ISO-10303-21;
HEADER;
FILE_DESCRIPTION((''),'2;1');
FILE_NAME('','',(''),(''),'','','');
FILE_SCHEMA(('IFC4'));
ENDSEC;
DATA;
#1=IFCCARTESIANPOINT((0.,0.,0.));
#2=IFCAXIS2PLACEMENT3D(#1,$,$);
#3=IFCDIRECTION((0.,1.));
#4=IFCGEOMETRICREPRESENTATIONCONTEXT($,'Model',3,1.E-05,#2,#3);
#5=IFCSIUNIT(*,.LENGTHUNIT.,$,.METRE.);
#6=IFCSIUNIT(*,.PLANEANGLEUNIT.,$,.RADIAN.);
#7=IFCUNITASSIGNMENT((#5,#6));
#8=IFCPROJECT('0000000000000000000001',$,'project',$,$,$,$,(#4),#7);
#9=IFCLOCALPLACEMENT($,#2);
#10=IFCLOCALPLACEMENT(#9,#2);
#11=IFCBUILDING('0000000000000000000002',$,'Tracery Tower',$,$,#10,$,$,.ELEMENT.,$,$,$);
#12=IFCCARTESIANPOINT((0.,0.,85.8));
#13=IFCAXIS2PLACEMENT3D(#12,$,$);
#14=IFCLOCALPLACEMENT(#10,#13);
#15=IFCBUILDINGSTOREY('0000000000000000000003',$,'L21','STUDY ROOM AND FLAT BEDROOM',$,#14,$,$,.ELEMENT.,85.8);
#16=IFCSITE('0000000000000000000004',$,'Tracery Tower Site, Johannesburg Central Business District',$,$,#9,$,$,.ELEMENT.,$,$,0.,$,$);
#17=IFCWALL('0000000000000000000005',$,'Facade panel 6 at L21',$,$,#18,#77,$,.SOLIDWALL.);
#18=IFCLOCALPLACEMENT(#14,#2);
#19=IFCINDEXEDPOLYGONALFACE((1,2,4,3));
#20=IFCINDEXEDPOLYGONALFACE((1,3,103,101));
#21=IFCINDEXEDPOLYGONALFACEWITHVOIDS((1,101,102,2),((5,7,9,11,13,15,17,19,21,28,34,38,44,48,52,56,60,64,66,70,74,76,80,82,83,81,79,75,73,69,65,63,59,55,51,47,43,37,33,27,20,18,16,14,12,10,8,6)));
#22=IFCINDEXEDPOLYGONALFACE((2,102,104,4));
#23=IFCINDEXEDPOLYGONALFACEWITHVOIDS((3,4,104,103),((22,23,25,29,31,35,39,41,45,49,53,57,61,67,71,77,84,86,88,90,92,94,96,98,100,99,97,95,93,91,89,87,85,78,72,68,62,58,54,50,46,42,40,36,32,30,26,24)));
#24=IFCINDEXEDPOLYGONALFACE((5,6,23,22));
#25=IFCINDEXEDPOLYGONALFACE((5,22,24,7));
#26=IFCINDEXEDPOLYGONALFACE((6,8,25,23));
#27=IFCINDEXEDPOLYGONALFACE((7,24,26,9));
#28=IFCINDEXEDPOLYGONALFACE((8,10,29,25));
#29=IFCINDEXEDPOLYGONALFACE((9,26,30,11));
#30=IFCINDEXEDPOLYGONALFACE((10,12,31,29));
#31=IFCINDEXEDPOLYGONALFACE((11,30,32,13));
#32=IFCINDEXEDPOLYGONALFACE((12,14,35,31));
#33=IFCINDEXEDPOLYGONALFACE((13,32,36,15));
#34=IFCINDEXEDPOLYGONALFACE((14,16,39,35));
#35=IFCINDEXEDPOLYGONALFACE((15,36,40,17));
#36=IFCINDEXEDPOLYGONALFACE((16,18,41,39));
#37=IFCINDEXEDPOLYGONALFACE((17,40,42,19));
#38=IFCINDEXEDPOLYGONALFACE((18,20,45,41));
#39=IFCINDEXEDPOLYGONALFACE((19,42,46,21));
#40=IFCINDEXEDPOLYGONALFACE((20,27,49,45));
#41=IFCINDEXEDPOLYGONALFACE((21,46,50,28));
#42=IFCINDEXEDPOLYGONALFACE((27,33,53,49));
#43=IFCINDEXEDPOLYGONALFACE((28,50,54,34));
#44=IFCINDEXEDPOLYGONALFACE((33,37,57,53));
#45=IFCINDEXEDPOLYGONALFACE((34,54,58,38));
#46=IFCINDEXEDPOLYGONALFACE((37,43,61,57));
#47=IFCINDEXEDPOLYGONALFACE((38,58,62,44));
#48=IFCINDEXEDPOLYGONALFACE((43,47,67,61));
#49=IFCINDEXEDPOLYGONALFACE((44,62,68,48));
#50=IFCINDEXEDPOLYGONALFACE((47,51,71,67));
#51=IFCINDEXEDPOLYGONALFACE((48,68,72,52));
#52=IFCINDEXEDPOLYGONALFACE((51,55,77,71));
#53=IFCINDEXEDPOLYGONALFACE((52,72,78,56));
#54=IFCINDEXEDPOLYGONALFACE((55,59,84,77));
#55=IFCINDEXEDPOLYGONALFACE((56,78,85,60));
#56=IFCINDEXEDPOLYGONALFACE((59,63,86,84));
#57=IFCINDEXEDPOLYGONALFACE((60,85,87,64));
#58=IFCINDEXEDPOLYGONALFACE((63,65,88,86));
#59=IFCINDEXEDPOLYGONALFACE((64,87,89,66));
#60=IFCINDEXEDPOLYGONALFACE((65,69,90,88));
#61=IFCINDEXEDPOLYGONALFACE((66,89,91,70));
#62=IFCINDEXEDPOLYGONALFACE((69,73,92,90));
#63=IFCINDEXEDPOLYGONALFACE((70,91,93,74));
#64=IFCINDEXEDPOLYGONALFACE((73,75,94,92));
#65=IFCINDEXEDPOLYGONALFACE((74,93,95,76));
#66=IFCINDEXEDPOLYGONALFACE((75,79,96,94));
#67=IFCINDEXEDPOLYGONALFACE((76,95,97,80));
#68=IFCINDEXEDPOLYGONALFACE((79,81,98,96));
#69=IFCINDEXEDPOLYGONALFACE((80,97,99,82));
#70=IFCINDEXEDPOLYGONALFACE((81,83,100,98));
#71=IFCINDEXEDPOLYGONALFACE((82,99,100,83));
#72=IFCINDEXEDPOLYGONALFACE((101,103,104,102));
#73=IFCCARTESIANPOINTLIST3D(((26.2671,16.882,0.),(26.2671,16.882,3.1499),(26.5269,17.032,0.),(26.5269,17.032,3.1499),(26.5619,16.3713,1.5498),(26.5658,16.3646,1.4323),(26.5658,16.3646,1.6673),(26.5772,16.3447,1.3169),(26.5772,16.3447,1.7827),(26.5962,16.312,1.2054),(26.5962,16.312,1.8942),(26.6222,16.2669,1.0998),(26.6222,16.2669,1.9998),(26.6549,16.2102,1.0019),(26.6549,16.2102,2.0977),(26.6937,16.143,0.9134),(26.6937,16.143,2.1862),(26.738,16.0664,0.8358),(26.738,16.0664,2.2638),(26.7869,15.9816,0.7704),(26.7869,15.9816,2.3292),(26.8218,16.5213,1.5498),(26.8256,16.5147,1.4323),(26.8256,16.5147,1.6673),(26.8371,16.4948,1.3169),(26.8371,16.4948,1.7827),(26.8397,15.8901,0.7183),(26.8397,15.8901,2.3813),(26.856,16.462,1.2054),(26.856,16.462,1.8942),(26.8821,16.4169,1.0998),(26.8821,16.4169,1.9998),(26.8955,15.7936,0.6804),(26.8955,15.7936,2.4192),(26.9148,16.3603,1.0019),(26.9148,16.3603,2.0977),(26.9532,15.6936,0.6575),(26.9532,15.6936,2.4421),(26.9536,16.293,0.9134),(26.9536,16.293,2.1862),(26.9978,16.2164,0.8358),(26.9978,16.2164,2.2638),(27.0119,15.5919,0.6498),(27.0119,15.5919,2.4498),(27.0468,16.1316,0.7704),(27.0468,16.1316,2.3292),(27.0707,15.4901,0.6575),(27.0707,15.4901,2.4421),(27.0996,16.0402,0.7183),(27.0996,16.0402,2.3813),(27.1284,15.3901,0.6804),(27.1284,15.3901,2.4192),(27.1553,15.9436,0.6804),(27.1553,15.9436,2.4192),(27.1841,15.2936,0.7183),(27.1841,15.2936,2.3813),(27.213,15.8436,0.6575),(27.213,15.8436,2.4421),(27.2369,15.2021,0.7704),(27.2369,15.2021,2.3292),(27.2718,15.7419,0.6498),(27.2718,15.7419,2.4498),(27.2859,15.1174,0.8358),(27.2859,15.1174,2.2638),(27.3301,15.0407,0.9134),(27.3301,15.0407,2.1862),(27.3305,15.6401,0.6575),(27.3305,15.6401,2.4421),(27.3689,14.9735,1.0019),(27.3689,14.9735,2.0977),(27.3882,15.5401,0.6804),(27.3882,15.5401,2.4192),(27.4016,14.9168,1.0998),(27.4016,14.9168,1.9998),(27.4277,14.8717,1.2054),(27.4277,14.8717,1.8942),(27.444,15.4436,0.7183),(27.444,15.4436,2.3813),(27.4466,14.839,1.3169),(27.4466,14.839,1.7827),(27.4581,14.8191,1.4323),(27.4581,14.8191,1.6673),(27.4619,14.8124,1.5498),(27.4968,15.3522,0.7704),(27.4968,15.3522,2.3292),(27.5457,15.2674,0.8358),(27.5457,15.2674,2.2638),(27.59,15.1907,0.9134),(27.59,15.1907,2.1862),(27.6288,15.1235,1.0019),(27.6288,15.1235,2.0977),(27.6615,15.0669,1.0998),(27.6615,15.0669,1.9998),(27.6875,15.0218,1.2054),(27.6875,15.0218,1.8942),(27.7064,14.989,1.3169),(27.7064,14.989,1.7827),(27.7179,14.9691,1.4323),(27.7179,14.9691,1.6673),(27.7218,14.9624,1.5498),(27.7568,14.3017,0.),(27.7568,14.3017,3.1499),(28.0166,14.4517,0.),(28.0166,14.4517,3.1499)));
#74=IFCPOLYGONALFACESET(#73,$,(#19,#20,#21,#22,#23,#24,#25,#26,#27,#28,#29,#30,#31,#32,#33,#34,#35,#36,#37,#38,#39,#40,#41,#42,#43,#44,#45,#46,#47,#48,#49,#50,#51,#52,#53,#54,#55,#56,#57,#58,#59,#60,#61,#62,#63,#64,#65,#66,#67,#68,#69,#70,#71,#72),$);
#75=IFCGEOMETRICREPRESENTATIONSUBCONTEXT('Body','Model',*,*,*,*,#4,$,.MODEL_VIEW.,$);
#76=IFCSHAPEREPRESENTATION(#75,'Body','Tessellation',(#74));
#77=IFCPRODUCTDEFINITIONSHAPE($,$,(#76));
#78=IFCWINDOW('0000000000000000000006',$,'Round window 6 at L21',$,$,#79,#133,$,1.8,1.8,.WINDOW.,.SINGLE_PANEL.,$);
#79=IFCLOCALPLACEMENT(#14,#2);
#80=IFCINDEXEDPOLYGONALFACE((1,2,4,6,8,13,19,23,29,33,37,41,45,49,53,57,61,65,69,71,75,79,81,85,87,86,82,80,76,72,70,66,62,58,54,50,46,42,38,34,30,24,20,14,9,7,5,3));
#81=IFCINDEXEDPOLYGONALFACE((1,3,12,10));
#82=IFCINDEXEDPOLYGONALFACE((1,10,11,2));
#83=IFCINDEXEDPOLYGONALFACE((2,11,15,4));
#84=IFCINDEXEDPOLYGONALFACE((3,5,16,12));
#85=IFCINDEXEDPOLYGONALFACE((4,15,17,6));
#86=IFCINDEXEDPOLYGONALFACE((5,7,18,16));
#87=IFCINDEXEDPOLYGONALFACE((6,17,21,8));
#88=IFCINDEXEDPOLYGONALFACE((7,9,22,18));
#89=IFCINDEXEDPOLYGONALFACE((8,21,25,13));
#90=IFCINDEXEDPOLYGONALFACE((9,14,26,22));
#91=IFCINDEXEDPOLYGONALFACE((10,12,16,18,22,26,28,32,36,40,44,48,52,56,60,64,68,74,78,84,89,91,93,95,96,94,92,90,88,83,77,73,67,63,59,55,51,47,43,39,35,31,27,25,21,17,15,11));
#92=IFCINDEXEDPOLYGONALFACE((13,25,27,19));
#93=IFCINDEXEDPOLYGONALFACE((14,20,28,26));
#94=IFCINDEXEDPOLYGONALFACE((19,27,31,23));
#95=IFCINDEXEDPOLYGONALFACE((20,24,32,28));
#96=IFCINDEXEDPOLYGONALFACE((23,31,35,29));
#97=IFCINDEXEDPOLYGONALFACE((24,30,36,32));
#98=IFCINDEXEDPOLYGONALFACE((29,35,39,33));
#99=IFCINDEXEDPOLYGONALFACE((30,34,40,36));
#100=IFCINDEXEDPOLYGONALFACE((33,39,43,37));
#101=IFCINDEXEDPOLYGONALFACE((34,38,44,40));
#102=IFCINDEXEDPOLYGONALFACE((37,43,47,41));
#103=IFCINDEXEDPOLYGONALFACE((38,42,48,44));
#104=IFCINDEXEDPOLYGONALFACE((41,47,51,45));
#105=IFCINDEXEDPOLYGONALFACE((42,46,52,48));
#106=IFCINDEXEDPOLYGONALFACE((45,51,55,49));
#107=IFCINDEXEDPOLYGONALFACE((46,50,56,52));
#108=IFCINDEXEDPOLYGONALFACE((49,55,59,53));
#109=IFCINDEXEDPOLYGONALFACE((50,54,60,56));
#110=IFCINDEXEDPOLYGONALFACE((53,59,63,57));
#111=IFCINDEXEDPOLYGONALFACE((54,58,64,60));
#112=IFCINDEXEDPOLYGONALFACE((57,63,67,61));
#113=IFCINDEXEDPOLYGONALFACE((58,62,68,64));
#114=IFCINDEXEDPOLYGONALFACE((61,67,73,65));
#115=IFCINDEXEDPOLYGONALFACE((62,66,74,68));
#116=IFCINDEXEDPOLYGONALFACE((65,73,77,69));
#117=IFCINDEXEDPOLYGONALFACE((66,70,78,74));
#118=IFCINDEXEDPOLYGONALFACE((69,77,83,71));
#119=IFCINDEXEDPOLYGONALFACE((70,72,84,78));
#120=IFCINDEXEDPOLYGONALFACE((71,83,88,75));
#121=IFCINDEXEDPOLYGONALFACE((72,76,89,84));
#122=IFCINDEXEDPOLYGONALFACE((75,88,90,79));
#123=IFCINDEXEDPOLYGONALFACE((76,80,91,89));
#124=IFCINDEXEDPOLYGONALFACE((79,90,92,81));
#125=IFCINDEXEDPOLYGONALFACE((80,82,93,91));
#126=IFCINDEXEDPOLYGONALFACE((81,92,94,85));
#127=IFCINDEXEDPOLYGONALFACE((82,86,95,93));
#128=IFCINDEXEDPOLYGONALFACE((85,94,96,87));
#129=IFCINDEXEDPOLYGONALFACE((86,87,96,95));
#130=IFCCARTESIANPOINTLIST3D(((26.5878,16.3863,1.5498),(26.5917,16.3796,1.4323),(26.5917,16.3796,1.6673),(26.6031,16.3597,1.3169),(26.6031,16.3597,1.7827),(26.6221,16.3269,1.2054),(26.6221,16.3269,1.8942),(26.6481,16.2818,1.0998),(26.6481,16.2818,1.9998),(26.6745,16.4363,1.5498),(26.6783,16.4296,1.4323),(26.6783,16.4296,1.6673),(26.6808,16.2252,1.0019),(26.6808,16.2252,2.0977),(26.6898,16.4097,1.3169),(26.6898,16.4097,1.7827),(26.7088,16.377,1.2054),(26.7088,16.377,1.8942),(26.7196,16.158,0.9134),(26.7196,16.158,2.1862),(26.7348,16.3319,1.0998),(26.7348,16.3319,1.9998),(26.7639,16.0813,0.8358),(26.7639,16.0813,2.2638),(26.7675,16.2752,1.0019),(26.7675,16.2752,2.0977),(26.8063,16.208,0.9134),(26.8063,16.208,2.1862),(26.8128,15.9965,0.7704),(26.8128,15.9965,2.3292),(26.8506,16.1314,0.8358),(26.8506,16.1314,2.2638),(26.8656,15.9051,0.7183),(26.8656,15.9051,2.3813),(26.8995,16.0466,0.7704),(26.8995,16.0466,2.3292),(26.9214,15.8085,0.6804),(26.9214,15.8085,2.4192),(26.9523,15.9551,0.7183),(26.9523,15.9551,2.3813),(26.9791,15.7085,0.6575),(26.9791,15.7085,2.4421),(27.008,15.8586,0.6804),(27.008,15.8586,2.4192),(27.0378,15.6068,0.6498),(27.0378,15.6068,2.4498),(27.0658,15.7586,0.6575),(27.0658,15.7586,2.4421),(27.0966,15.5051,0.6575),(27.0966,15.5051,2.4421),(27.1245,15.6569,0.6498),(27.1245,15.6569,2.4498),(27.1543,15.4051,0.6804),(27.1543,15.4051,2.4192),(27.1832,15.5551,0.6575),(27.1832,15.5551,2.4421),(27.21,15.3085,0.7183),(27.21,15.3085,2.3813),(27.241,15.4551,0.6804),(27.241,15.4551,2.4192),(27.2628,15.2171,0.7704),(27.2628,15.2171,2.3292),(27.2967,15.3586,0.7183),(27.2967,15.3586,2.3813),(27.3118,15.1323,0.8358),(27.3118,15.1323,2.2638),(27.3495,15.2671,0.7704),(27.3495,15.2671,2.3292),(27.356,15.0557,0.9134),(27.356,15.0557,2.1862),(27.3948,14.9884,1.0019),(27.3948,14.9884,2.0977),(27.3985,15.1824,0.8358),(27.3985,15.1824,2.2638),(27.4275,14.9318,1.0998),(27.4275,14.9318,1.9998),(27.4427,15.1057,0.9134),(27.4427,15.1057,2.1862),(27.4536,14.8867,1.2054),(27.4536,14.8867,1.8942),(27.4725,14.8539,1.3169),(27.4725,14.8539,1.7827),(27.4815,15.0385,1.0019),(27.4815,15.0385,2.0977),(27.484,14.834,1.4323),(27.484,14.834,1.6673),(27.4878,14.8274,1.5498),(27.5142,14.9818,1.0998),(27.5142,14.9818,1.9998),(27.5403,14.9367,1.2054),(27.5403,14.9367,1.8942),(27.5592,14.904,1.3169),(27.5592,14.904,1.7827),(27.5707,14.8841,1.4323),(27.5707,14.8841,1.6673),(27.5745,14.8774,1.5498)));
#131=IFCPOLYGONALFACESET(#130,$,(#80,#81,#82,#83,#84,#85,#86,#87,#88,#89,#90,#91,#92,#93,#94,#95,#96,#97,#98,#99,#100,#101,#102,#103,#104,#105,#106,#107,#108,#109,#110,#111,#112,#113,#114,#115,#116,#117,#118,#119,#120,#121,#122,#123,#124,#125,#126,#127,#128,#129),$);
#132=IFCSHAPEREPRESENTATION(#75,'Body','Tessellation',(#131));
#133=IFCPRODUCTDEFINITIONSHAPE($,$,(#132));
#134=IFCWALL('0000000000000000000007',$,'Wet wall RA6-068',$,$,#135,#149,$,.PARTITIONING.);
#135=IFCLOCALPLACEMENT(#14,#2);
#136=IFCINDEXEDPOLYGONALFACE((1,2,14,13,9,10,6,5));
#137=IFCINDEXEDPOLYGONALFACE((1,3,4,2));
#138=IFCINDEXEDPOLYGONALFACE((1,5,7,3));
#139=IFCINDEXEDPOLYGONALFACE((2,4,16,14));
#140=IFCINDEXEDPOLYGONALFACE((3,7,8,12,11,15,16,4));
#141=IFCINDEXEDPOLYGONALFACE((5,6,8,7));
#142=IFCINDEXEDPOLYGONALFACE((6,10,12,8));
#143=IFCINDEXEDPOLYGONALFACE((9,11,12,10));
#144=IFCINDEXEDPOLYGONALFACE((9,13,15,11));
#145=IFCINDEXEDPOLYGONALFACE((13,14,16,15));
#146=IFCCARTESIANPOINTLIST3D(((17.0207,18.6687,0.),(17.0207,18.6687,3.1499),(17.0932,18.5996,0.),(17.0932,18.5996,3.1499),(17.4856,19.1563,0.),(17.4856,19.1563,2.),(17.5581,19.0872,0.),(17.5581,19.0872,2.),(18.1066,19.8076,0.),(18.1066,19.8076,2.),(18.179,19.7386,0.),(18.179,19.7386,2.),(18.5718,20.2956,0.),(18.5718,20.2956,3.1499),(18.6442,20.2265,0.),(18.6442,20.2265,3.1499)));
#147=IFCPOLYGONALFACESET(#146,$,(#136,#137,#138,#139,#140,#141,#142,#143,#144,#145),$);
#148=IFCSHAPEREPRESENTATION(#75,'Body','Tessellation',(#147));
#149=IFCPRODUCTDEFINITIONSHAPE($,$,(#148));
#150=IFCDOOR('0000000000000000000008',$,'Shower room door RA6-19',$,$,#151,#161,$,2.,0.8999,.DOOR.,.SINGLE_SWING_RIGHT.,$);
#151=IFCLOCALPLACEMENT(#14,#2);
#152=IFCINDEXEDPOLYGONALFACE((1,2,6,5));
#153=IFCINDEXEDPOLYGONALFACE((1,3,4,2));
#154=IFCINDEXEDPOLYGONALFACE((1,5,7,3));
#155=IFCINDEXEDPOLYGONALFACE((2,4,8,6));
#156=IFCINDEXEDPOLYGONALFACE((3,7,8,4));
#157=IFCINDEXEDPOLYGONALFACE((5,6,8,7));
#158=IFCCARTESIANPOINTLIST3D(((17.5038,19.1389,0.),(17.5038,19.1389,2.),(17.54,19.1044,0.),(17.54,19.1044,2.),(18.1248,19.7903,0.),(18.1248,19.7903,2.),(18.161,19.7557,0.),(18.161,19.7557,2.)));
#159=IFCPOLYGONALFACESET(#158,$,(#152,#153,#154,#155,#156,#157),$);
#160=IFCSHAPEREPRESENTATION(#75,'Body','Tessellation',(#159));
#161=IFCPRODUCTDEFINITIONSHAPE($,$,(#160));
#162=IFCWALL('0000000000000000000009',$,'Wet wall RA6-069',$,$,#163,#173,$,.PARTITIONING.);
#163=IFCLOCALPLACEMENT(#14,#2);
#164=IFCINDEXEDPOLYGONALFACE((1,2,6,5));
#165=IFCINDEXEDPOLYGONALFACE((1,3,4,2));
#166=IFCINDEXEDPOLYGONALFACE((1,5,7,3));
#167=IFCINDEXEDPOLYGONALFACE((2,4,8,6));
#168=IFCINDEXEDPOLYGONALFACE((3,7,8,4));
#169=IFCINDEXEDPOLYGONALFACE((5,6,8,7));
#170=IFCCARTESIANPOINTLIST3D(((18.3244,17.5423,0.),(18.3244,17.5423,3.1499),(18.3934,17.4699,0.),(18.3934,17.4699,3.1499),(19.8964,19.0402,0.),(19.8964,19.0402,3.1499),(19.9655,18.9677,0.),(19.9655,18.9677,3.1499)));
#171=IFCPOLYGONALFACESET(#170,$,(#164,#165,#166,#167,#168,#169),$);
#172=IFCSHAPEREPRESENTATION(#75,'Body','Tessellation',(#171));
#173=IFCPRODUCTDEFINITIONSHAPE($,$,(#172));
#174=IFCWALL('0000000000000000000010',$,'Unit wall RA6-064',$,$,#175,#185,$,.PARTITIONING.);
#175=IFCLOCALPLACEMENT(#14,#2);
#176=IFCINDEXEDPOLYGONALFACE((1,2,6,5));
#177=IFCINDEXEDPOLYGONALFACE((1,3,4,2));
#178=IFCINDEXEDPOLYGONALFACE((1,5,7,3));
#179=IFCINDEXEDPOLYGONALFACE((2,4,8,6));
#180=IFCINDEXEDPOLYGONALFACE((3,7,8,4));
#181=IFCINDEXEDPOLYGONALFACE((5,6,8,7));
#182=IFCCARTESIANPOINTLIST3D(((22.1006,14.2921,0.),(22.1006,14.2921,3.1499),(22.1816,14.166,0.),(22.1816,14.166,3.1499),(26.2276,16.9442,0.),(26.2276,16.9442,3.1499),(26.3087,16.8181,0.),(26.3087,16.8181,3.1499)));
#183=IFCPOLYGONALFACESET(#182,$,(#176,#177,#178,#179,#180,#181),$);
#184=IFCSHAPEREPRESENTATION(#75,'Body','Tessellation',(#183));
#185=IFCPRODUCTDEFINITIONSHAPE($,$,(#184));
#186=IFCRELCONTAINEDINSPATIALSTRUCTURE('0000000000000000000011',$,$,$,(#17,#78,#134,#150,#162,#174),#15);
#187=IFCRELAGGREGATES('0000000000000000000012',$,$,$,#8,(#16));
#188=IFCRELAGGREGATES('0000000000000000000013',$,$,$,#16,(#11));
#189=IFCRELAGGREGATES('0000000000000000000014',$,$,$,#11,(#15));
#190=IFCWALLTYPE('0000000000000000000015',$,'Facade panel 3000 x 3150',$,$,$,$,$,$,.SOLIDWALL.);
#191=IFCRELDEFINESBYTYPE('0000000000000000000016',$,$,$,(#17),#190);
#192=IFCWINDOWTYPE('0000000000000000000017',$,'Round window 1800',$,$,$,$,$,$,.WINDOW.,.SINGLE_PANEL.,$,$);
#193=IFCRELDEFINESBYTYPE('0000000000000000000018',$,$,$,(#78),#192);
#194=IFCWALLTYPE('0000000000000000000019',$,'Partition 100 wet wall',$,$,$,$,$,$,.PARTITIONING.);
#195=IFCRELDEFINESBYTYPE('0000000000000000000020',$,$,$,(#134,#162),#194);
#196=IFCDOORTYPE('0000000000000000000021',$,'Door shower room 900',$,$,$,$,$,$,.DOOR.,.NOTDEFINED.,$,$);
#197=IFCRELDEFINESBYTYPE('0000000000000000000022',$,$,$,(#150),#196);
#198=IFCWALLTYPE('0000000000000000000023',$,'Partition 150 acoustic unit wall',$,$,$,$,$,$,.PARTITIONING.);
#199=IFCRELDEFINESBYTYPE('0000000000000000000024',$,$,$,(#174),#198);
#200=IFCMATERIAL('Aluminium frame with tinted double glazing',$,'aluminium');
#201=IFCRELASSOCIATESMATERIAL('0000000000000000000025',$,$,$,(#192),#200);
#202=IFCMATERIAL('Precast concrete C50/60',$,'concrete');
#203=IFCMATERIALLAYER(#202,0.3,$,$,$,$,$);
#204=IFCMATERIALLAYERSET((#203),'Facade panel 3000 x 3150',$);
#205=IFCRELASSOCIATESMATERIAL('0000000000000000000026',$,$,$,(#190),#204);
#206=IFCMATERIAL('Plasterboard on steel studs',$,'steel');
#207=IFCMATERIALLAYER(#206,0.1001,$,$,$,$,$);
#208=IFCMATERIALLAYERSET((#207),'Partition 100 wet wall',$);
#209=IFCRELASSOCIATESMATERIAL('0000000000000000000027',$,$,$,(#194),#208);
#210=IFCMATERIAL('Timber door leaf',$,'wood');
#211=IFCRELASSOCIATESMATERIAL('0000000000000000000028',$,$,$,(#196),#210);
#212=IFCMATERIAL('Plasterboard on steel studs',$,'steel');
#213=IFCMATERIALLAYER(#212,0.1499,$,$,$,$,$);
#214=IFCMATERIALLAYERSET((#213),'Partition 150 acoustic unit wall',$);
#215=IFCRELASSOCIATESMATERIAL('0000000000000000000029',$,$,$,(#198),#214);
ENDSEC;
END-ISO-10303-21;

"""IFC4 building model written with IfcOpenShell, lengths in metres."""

from ifc_helpers import new_model, si_unit, direction, frame, frame_2d, origin, origin_2d, place, context, subcontext, project, spatial, rectangle, circle, extrude, material, layer, layer_set, type_object, element, fill, save


model = new_model("IFC4")

# Units and contexts
model_context = context("Model", 3, precision=1e-05, world=origin(), true_north=direction((0.0, 1.0)))
body_context = subcontext(model_context, "Body", "Model", "MODEL_VIEW")
ifc_project = project(units=[si_unit("LENGTHUNIT", "METRE"), si_unit("PLANEANGLEUNIT", "RADIAN")], contexts=[model_context])

# Site, building, storey
site_placement = place(None, origin())
site = spatial("IfcSite", under=ifc_project, at=site_placement, Name="Tracery Tower Site, Johannesburg Central Business District", CompositionType="ELEMENT", RefElevation=0.0)
building_placement = place(site_placement, origin())
building = spatial("IfcBuilding", under=site, at=building_placement, Name="Tracery Tower", CompositionType="ELEMENT")
storey_placement = place(building_placement, frame((0.0, 0.0, 85.8)))
storey = spatial("IfcBuildingStorey", under=building, at=storey_placement, Name="L21", Description="STUDY ROOM AND FLAT BEDROOM", CompositionType="ELEMENT", Elevation=85.8)

# Wall, opening, window
ifc_material_1 = material(Name="Aluminium frame with tinted double glazing", Category="aluminium")
window_type = type_object("IfcWindowType", Name="Round window 1800", PartitioningType="SINGLE_PANEL", PredefinedType="WINDOW", material=ifc_material_1)
ifc_material_2 = material(Name="Precast concrete C50/60", Category="concrete")
ifc_layer_1 = layer(ifc_material_2, 0.3)
ifc_layer_set_1 = layer_set([ifc_layer_1], Name="Facade panel 3000 x 3150")
wall_type_1 = type_object("IfcWallType", Name="Facade panel 3000 x 3150", PredefinedType="SOLIDWALL", material=ifc_layer_set_1)
wall_1_placement = place(storey_placement, frame((27.8867, 14.3767, 0.0), z_axis=(0.0, 0.0, 1.0), x_axis=(-0.499999, 0.866026, 0.0)))
wall_1 = element("IfcWall", 1, at=wall_1_placement, inside=storey, type_object=wall_type_1, Name="Facade panel 6 at L21", PredefinedType="SOLIDWALL", context=body_context, shape_type="SweptSolid", body=[
    extrude(rectangle(XDim=2.9795, YDim=0.3, at=frame_2d((1.4897, 0.0))), origin(), (0.0, 0.0, 1.0), 3.1499),
])
opening_1_placement = place(wall_1_placement, frame((1.4897, 0.0, 1.5498)))
opening_1 = element("IfcOpeningElement", 2, at=opening_1_placement, cuts=wall_1, PredefinedType="OPENING", context=body_context, shape_type="SweptSolid", body=[
    extrude(circle(Radius=0.9, at=origin_2d()), frame((0.0, 0.1599, 0.0), z_axis=(0.0, -1.0, 0.0), x_axis=(1.0, 0.0, 0.0)), (0.0, 0.0, 1.0), 0.3201),
])
window_1_placement = place(opening_1_placement, origin())
window_1 = element("IfcWindow", 3, at=window_1_placement, inside=storey, type_object=window_type, Name="Round window 6 at L21", OverallHeight=1.8, OverallWidth=1.8, PartitioningType="SINGLE_PANEL", PredefinedType="WINDOW", context=body_context, shape_type="SweptSolid", body=[
    extrude(circle(Radius=0.9, at=origin_2d()), frame((0.0, 0.1201, 0.0), z_axis=(0.0, -1.0, 0.0), x_axis=(1.0, 0.0, 0.0)), (0.0, 0.0, 1.0), 0.1001),
])
fill(opening_1, window_1)

# Wall, opening, door
ifc_material_3 = material(Name="Plasterboard on steel studs", Category="steel")
ifc_layer_2 = layer(ifc_material_3, 0.1001)
ifc_layer_set_2 = layer_set([ifc_layer_2], Name="Partition 100 wet wall")
wall_type_2 = type_object("IfcWallType", Name="Partition 100 wet wall", PredefinedType="PARTITIONING", material=ifc_layer_set_2)
wall_2_placement = place(storey_placement, frame((17.0569, 18.634, 0.0), z_axis=(0.0, 0.0, 1.0), x_axis=(0.690016, 0.723794, 0.0)))
wall_2 = element("IfcWall", 4, at=wall_2_placement, inside=storey, type_object=wall_type_2, Name="Wet wall RA6-068", PredefinedType="PARTITIONING", context=body_context, shape_type="SweptSolid", body=[
    extrude(rectangle(XDim=2.2478, YDim=0.1001, at=frame_2d((1.124, 0.0))), origin(), (0.0, 0.0, 1.0), 3.1499),
])
opening_2_placement = place(wall_2_placement, frame((0.6738, 0.0, 0.0)))
opening_2 = element("IfcOpeningElement", 5, at=opening_2_placement, cuts=wall_2, PredefinedType="OPENING", context=body_context, shape_type="SweptSolid", body=[
    extrude(rectangle(XDim=0.8999, YDim=2.0, at=frame_2d((0.45, 1.0))), frame((0.0, 0.05, 0.0), z_axis=(0.0, -1.0, 0.0), x_axis=(1.0, 0.0, 0.0)), (0.0, 0.0, 1.0), 0.1001),
])
ifc_material_4 = material(Name="Timber door leaf", Category="wood")
door_type_1 = type_object("IfcDoorType", Name="Door shower room 900", OperationType="NOTDEFINED", PredefinedType="DOOR", material=ifc_material_4)
door_1_placement = place(opening_2_placement, origin())
door_1 = element("IfcDoor", 6, at=door_1_placement, inside=storey, type_object=door_type_1, Name="Shower room door RA6-19", OperationType="SINGLE_SWING_RIGHT", OverallHeight=2.0, OverallWidth=0.8999, PredefinedType="DOOR", context=body_context, shape_type="SweptSolid", body=[
    extrude(rectangle(XDim=0.8999, YDim=2.0, at=frame_2d((0.45, 1.0))), frame((0.0, 0.0249, 0.0), z_axis=(0.0, -1.0, 0.0), x_axis=(1.0, 0.0, 0.0)), (0.0, 0.0, 1.0), 0.05),
])
fill(opening_2, door_1)

# Walls
wall_3_placement = place(storey_placement, frame((18.3589, 17.5061, 0.0), z_axis=(0.0, 0.0, 1.0), x_axis=(0.723991, 0.68981, 0.0)))
element("IfcWall", 7, at=wall_3_placement, inside=storey, type_object=wall_type_2, Name="Wet wall RA6-069", PredefinedType="PARTITIONING", context=body_context, shape_type="SweptSolid", body=[
    extrude(rectangle(XDim=2.1714, YDim=0.1001, at=frame_2d((1.0857, 0.0))), origin(), (0.0, 0.0, 1.0), 3.1499),
])
ifc_material_5 = material(Name="Plasterboard on steel studs", Category="steel")
ifc_layer_3 = layer(ifc_material_5, 0.1499)
ifc_layer_set_3 = layer_set([ifc_layer_3], Name="Partition 150 acoustic unit wall")
wall_type_3 = type_object("IfcWallType", Name="Partition 150 acoustic unit wall", PredefinedType="PARTITIONING", material=ifc_layer_set_3)
wall_4_placement = place(storey_placement, frame((22.1411, 14.229, 0.0), z_axis=(0.0, 0.0, 1.0), x_axis=(0.841266, 0.540622, 0.0)))
element("IfcWall", 8, at=wall_4_placement, inside=storey, type_object=wall_type_3, Name="Unit wall RA6-064", PredefinedType="PARTITIONING", context=body_context, shape_type="SweptSolid", body=[
    extrude(rectangle(XDim=4.9058, YDim=0.1499, at=frame_2d((2.4529, 0.0))), origin(), (0.0, 0.0, 1.0), 3.1499),
])

save(model, "model.ifc")
